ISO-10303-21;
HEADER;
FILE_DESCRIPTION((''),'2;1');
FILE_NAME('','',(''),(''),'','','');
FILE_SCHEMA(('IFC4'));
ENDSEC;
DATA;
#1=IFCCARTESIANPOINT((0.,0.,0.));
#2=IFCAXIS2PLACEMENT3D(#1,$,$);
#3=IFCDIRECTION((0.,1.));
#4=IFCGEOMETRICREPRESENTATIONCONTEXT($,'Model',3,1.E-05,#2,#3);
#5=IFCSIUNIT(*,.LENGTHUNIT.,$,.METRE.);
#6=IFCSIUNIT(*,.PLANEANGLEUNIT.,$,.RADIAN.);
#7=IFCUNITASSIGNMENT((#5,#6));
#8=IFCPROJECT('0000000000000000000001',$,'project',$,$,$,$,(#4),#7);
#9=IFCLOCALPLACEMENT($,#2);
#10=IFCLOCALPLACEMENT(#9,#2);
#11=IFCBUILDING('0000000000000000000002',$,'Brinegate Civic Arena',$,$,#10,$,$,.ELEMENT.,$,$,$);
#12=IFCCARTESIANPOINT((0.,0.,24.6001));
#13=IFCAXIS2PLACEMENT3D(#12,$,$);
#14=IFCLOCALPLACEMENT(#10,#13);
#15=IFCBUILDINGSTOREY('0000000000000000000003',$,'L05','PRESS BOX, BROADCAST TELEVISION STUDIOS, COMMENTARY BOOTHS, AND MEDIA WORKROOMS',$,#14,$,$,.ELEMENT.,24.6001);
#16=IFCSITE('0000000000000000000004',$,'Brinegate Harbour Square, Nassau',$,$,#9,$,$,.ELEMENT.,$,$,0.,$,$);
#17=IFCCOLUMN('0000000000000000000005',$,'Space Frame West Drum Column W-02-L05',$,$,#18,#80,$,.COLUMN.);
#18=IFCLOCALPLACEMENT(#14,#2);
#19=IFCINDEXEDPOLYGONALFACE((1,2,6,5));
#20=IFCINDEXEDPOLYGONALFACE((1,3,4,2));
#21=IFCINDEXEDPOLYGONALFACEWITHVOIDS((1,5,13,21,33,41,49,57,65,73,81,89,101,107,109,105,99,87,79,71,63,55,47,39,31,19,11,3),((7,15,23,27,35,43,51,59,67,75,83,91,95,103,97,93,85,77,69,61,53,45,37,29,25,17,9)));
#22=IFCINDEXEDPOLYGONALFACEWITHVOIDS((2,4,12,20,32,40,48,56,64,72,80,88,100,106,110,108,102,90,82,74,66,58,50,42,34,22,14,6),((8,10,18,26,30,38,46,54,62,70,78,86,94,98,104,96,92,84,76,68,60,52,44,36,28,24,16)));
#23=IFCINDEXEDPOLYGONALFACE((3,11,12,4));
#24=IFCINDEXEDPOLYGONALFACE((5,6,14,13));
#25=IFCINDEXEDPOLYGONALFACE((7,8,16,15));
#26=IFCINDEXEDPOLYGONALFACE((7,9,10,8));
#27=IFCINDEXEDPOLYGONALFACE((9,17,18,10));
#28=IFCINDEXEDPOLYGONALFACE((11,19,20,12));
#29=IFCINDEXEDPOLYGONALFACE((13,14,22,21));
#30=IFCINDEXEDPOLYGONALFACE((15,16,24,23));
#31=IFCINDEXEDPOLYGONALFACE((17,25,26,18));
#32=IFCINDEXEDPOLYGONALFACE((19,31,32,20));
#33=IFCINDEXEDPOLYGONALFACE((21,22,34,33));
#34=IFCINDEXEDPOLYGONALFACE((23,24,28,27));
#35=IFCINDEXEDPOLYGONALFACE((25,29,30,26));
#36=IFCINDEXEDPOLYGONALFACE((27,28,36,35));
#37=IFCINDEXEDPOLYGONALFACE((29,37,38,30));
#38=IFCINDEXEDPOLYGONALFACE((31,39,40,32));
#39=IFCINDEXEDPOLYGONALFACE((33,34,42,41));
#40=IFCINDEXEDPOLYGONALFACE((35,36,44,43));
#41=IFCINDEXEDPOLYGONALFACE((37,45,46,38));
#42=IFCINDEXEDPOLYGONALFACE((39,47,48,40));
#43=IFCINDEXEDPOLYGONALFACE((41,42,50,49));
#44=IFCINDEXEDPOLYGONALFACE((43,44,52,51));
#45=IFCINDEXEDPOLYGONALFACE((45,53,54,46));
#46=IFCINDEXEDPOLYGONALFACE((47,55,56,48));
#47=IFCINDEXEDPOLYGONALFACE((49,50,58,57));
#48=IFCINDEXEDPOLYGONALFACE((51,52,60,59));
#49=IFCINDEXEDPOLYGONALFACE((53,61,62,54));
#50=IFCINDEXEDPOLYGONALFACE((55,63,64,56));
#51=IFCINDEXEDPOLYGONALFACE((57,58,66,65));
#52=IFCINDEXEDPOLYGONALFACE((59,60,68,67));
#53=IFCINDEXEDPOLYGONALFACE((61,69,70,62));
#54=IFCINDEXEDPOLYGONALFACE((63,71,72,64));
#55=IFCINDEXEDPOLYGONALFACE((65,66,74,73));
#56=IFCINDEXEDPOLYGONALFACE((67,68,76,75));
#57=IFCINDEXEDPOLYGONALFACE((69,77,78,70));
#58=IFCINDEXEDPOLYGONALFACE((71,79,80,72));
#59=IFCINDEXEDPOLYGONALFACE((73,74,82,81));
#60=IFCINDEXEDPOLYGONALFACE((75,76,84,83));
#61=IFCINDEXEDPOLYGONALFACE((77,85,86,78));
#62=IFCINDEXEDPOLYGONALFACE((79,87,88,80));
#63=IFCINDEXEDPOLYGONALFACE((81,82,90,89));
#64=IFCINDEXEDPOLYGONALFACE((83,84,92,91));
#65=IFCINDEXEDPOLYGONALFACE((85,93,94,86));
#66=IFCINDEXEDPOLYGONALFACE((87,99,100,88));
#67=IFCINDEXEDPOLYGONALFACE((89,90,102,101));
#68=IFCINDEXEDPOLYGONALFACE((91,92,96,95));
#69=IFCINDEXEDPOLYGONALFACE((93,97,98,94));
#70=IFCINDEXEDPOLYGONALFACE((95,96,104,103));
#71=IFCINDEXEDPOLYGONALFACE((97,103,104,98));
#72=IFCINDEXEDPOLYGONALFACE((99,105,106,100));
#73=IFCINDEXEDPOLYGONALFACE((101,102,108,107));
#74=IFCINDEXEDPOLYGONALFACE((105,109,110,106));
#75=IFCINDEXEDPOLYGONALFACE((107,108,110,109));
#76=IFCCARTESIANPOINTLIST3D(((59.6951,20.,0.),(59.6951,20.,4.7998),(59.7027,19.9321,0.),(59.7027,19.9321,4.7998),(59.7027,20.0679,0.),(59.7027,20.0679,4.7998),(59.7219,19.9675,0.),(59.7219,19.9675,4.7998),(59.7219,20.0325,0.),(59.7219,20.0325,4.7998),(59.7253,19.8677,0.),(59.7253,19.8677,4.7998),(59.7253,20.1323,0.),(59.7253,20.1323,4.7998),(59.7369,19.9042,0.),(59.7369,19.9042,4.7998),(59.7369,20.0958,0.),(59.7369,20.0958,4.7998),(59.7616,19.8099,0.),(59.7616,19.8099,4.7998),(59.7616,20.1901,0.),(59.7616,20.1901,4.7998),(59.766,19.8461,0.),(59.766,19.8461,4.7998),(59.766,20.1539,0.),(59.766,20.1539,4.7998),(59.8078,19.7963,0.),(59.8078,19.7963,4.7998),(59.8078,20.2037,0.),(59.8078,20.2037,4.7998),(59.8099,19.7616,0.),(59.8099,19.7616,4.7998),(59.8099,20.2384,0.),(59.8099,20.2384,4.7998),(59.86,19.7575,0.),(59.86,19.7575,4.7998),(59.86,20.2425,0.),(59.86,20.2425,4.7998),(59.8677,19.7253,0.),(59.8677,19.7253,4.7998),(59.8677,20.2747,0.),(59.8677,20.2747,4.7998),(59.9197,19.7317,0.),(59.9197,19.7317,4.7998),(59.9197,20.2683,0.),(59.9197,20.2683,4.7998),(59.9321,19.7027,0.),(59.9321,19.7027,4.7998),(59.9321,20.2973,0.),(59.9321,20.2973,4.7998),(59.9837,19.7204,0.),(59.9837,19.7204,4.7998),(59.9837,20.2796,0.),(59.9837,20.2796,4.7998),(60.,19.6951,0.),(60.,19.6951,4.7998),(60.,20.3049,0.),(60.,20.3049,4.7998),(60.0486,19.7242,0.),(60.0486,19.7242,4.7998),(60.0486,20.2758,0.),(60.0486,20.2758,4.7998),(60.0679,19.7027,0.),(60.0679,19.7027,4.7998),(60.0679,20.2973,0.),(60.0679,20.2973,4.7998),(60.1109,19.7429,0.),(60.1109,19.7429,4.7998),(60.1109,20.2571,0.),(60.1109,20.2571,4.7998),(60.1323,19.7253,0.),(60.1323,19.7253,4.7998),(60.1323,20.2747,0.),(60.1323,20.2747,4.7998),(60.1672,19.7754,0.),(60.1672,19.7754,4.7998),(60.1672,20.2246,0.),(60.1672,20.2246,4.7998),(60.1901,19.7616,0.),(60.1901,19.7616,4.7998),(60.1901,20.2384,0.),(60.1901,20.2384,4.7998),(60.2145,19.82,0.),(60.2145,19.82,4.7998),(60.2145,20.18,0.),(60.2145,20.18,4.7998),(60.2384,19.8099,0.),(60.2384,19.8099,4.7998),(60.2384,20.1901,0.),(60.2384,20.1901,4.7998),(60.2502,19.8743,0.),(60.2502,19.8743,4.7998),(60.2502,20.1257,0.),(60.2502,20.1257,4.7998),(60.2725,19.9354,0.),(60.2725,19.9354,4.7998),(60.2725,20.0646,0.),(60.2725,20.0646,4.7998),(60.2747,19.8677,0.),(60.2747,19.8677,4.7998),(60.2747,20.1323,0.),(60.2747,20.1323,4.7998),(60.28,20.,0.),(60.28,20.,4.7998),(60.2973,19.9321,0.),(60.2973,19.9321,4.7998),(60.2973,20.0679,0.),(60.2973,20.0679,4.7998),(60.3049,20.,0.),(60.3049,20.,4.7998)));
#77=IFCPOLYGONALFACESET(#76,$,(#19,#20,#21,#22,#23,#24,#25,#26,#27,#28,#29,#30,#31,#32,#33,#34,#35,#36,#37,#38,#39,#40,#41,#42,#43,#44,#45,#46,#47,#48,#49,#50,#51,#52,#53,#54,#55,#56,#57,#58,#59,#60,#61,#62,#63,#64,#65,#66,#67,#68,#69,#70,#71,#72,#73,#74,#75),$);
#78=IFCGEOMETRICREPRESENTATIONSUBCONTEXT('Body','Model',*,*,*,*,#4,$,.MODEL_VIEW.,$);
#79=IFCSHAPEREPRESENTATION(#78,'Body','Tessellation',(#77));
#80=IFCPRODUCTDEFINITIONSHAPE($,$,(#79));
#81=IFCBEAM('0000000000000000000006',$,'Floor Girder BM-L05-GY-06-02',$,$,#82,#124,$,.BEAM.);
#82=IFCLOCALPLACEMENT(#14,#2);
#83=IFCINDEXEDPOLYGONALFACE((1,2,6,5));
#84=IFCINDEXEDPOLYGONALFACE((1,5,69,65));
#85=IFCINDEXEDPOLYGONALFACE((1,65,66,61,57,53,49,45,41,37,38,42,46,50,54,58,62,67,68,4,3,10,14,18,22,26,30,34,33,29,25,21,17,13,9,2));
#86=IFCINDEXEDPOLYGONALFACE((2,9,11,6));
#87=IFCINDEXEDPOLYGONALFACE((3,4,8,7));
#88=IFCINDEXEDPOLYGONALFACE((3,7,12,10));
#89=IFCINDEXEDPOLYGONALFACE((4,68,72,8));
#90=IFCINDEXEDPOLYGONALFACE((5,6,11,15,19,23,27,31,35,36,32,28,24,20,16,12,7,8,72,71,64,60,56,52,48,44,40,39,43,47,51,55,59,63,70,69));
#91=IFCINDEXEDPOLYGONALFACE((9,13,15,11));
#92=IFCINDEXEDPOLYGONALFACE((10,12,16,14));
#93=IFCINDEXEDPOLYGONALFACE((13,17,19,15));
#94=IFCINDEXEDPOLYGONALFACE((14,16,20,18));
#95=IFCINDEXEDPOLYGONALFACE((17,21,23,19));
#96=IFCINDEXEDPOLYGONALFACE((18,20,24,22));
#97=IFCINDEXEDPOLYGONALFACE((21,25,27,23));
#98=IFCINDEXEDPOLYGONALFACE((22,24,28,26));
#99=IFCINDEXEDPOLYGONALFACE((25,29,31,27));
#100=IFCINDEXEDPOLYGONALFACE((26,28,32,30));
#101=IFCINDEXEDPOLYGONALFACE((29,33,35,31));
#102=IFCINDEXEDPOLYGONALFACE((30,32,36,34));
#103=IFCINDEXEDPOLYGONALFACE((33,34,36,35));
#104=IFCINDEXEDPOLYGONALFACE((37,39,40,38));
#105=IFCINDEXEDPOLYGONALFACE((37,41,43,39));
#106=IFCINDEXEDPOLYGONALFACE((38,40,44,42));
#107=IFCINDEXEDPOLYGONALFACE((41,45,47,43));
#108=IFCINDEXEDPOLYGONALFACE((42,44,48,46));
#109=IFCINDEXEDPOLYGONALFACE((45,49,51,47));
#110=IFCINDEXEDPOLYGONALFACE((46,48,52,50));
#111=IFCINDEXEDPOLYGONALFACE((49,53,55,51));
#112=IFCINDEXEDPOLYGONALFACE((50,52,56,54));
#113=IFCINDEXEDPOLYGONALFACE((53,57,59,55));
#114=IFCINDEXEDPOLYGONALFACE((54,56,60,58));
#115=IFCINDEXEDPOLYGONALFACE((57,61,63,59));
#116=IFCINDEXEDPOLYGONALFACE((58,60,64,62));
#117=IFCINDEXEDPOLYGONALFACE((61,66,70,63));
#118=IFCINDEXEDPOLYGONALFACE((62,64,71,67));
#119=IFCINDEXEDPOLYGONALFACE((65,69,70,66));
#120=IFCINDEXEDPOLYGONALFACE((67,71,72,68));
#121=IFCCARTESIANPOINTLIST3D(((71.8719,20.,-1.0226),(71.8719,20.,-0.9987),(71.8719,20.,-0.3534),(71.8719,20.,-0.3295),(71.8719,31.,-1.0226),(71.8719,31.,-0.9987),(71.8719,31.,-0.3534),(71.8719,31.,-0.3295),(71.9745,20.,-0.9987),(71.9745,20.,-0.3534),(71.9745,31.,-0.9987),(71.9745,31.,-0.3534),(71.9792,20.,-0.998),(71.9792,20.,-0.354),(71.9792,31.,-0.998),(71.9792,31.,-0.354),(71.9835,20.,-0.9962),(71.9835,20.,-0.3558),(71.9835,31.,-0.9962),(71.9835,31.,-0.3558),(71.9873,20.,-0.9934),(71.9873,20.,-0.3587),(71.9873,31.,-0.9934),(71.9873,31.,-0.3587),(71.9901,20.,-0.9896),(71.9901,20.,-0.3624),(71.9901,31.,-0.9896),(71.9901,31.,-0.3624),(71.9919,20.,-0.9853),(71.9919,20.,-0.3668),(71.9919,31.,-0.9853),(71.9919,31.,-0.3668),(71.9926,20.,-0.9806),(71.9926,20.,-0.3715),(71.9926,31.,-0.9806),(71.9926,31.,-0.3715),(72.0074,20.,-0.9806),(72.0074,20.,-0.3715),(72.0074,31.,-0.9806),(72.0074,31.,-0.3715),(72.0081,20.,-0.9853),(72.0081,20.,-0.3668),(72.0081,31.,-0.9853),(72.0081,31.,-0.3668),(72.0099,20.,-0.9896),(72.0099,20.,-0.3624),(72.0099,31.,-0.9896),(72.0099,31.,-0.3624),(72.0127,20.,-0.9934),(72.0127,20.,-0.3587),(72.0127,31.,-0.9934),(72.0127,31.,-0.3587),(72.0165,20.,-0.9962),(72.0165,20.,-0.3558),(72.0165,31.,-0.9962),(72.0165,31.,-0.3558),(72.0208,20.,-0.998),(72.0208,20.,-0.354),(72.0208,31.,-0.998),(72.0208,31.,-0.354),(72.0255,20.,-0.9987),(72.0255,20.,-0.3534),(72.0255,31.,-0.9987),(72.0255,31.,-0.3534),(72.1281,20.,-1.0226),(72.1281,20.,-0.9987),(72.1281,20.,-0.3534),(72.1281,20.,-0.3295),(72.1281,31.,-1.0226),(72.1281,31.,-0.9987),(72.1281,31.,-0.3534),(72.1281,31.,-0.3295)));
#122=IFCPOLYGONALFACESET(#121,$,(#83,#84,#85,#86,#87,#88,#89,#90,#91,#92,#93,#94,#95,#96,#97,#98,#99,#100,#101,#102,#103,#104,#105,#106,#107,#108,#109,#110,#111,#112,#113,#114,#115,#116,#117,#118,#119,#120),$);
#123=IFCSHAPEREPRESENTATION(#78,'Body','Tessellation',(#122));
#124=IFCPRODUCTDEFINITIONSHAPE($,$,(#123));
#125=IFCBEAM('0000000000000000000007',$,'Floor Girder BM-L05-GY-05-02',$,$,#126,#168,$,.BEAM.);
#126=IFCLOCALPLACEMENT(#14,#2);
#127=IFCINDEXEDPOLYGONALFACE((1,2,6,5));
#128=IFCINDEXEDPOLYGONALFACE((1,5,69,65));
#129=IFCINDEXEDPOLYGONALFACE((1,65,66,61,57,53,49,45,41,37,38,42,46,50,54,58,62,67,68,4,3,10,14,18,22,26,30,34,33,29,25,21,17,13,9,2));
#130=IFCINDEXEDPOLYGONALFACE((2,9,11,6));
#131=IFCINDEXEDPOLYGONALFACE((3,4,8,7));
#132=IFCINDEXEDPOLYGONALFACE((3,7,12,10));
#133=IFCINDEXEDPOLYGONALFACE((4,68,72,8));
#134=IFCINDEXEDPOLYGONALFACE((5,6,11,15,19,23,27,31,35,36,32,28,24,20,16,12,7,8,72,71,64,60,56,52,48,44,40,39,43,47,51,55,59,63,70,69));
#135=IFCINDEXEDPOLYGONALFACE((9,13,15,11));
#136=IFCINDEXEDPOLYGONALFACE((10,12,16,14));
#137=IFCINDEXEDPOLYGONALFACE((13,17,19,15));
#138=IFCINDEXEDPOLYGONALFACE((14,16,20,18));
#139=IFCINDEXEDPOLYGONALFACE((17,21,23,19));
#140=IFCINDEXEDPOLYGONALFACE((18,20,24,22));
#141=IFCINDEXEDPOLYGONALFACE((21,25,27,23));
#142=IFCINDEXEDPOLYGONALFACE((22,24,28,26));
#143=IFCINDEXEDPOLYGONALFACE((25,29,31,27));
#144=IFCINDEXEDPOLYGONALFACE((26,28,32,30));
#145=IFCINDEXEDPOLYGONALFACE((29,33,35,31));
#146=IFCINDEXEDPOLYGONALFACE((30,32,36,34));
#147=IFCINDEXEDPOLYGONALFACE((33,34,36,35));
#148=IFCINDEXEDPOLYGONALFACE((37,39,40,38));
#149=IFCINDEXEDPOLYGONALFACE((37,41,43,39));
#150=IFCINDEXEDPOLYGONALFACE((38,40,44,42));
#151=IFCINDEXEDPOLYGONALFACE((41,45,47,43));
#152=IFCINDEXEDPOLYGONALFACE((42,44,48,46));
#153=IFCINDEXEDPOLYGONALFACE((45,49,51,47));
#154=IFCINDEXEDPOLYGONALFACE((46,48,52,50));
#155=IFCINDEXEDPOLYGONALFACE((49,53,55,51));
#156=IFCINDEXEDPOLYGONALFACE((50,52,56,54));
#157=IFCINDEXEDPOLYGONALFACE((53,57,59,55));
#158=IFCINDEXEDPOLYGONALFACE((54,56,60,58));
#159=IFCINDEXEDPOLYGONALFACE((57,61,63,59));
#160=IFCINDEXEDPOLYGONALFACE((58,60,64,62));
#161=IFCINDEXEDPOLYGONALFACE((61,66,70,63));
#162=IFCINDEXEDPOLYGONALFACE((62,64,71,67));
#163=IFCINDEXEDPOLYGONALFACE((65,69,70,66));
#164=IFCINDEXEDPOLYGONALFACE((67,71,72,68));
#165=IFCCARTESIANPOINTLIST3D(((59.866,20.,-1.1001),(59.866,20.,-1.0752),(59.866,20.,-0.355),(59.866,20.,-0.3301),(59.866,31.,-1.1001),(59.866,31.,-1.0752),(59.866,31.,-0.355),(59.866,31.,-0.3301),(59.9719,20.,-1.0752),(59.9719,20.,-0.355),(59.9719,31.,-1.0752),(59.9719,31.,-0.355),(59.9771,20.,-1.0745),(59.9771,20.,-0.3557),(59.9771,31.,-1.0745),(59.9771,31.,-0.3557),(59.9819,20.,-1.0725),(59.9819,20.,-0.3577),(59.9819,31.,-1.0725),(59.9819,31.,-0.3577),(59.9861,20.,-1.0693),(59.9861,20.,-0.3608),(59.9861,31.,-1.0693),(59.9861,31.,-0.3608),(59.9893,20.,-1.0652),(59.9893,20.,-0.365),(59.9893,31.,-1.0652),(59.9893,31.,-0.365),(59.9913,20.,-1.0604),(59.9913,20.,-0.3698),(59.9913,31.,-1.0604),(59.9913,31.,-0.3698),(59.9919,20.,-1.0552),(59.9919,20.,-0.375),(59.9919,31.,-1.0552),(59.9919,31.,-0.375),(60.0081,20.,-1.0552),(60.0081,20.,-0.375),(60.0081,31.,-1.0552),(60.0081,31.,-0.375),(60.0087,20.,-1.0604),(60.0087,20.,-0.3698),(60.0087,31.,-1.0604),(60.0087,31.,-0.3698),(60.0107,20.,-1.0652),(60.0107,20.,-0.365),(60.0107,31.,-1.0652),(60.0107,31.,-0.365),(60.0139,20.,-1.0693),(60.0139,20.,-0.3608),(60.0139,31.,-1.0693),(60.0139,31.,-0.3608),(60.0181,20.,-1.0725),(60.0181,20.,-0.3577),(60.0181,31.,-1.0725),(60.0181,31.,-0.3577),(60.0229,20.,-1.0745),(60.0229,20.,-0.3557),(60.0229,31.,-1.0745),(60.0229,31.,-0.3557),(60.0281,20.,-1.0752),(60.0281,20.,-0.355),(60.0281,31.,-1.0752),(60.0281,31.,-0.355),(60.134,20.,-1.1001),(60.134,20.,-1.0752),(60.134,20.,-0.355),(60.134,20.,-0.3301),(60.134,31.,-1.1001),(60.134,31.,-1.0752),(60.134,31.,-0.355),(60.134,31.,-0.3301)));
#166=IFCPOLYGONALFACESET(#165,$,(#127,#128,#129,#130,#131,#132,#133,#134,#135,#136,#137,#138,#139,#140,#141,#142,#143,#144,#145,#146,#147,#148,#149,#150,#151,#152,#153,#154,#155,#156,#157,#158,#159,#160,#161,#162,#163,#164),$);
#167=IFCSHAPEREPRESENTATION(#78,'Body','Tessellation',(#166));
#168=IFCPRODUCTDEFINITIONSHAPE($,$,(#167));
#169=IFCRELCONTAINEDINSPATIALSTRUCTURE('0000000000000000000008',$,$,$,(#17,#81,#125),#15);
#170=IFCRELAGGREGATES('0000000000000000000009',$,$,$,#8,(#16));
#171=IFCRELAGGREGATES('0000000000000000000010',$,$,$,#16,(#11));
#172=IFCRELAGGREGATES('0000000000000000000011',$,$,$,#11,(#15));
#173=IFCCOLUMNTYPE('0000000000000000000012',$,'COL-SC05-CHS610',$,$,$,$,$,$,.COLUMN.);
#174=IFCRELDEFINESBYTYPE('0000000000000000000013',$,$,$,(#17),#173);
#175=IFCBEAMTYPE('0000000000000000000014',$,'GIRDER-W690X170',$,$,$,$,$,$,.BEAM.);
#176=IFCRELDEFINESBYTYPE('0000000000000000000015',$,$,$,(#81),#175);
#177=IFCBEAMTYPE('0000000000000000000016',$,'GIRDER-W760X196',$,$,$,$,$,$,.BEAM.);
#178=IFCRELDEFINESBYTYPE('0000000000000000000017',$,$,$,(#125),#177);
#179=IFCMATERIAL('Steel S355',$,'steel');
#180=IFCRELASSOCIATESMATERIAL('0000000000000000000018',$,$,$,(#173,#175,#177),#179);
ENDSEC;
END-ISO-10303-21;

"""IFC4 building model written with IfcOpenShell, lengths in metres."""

from ifc_helpers import new_model, si_unit, direction, frame, origin, origin_2d, place, context, subcontext, project, spatial, hollow_circle, i_section, extrude, material, material_profile, profile_set, type_object, element, save


model = new_model("IFC4")

# Units and contexts
model_context = context("Model", 3, precision=1e-05, world=origin(), true_north=direction((0.0, 1.0)))
body_context = subcontext(model_context, "Body", "Model", "MODEL_VIEW")
ifc_project = project(units=[si_unit("LENGTHUNIT", "METRE"), si_unit("PLANEANGLEUNIT", "RADIAN")], contexts=[model_context])

# Site, building, storey
site_placement = place(None, origin())
site = spatial("IfcSite", under=ifc_project, at=site_placement, Name="Brinegate Harbour Square, Nassau", CompositionType="ELEMENT", RefElevation=0.0)
building_placement = place(site_placement, origin())
building = spatial("IfcBuilding", under=site, at=building_placement, Name="Brinegate Civic Arena", CompositionType="ELEMENT")
storey_placement = place(building_placement, frame((0.0, 0.0, 24.6001)))
storey = spatial("IfcBuildingStorey", under=building, at=storey_placement, Name="L05", Description="PRESS BOX, BROADCAST TELEVISION STUDIOS, COMMENTARY BOOTHS, AND MEDIA WORKROOMS", CompositionType="ELEMENT", Elevation=24.6001)

# Column
ifc_material_1 = material(Name="Steel S355", Category="steel")
ifc_material_profile_1 = material_profile(ifc_material_1, hollow_circle(Radius=0.3049, WallThickness=0.0249, at=origin_2d()), Name="CHS610X25")
ifc_profile_set_1 = profile_set([ifc_material_profile_1], Name="Steel S355")
column_type = type_object("IfcColumnType", Name="COL-SC05-CHS610", PredefinedType="COLUMN", material=ifc_profile_set_1)
column_placement = place(storey_placement, frame((60.0, 20.0, 0.0), z_axis=(0.0, 0.0, 1.0), x_axis=(1.0, 0.0, 0.0)))
element("IfcColumn", 1, at=column_placement, inside=storey, type_object=column_type, Name="Space Frame West Drum Column W-02-L05", PredefinedType="COLUMN", context=body_context, shape_type="SweptSolid", body=[
    extrude(hollow_circle(Radius=0.3049, WallThickness=0.0249, at=origin_2d()), origin(), (0.0, 0.0, 1.0), 4.7998),
])

# Beams
ifc_material_profile_2 = material_profile(ifc_material_1, i_section(OverallWidth=0.2561, OverallDepth=0.6931, WebThickness=0.0149, FlangeThickness=0.0239, FilletRadius=0.0181, at=origin_2d()), Name="W690X170")
ifc_profile_set_2 = profile_set([ifc_material_profile_2], Name="Steel S355")
beam_type_1 = type_object("IfcBeamType", Name="GIRDER-W690X170", PredefinedType="BEAM", material=ifc_profile_set_2)
beam_1_placement = place(storey_placement, frame((72.0, 20.0, -0.676), z_axis=(0.0, 1.0, 0.0), x_axis=(-1.0, 0.0, 0.0)))
element("IfcBeam", 2, at=beam_1_placement, inside=storey, type_object=beam_type_1, Name="Floor Girder BM-L05-GY-06-02", PredefinedType="BEAM", context=body_context, shape_type="SweptSolid", body=[
    extrude(i_section(OverallWidth=0.2561, OverallDepth=0.6931, WebThickness=0.0149, FlangeThickness=0.0239, FilletRadius=0.0181, at=origin_2d()), origin(), (0.0, 0.0, 1.0), 11.0),
])
ifc_material_profile_3 = material_profile(ifc_material_1, i_section(OverallWidth=0.2681, OverallDepth=0.77, WebThickness=0.0161, FlangeThickness=0.0249, FilletRadius=0.02, at=origin_2d()), Name="W760X196")
ifc_profile_set_3 = profile_set([ifc_material_profile_3], Name="Steel S355")
beam_type_2 = type_object("IfcBeamType", Name="GIRDER-W760X196", PredefinedType="BEAM", material=ifc_profile_set_3)
beam_2_placement = place(storey_placement, frame((60.0, 20.0, -0.7151), z_axis=(0.0, 1.0, 0.0), x_axis=(-1.0, 0.0, 0.0)))
element("IfcBeam", 3, at=beam_2_placement, inside=storey, type_object=beam_type_2, Name="Floor Girder BM-L05-GY-05-02", PredefinedType="BEAM", context=body_context, shape_type="SweptSolid", body=[
    extrude(i_section(OverallWidth=0.2681, OverallDepth=0.77, WebThickness=0.0161, FlangeThickness=0.0249, FilletRadius=0.02, at=origin_2d()), origin(), (0.0, 0.0, 1.0), 11.0),
])

save(model, "model.ifc")
